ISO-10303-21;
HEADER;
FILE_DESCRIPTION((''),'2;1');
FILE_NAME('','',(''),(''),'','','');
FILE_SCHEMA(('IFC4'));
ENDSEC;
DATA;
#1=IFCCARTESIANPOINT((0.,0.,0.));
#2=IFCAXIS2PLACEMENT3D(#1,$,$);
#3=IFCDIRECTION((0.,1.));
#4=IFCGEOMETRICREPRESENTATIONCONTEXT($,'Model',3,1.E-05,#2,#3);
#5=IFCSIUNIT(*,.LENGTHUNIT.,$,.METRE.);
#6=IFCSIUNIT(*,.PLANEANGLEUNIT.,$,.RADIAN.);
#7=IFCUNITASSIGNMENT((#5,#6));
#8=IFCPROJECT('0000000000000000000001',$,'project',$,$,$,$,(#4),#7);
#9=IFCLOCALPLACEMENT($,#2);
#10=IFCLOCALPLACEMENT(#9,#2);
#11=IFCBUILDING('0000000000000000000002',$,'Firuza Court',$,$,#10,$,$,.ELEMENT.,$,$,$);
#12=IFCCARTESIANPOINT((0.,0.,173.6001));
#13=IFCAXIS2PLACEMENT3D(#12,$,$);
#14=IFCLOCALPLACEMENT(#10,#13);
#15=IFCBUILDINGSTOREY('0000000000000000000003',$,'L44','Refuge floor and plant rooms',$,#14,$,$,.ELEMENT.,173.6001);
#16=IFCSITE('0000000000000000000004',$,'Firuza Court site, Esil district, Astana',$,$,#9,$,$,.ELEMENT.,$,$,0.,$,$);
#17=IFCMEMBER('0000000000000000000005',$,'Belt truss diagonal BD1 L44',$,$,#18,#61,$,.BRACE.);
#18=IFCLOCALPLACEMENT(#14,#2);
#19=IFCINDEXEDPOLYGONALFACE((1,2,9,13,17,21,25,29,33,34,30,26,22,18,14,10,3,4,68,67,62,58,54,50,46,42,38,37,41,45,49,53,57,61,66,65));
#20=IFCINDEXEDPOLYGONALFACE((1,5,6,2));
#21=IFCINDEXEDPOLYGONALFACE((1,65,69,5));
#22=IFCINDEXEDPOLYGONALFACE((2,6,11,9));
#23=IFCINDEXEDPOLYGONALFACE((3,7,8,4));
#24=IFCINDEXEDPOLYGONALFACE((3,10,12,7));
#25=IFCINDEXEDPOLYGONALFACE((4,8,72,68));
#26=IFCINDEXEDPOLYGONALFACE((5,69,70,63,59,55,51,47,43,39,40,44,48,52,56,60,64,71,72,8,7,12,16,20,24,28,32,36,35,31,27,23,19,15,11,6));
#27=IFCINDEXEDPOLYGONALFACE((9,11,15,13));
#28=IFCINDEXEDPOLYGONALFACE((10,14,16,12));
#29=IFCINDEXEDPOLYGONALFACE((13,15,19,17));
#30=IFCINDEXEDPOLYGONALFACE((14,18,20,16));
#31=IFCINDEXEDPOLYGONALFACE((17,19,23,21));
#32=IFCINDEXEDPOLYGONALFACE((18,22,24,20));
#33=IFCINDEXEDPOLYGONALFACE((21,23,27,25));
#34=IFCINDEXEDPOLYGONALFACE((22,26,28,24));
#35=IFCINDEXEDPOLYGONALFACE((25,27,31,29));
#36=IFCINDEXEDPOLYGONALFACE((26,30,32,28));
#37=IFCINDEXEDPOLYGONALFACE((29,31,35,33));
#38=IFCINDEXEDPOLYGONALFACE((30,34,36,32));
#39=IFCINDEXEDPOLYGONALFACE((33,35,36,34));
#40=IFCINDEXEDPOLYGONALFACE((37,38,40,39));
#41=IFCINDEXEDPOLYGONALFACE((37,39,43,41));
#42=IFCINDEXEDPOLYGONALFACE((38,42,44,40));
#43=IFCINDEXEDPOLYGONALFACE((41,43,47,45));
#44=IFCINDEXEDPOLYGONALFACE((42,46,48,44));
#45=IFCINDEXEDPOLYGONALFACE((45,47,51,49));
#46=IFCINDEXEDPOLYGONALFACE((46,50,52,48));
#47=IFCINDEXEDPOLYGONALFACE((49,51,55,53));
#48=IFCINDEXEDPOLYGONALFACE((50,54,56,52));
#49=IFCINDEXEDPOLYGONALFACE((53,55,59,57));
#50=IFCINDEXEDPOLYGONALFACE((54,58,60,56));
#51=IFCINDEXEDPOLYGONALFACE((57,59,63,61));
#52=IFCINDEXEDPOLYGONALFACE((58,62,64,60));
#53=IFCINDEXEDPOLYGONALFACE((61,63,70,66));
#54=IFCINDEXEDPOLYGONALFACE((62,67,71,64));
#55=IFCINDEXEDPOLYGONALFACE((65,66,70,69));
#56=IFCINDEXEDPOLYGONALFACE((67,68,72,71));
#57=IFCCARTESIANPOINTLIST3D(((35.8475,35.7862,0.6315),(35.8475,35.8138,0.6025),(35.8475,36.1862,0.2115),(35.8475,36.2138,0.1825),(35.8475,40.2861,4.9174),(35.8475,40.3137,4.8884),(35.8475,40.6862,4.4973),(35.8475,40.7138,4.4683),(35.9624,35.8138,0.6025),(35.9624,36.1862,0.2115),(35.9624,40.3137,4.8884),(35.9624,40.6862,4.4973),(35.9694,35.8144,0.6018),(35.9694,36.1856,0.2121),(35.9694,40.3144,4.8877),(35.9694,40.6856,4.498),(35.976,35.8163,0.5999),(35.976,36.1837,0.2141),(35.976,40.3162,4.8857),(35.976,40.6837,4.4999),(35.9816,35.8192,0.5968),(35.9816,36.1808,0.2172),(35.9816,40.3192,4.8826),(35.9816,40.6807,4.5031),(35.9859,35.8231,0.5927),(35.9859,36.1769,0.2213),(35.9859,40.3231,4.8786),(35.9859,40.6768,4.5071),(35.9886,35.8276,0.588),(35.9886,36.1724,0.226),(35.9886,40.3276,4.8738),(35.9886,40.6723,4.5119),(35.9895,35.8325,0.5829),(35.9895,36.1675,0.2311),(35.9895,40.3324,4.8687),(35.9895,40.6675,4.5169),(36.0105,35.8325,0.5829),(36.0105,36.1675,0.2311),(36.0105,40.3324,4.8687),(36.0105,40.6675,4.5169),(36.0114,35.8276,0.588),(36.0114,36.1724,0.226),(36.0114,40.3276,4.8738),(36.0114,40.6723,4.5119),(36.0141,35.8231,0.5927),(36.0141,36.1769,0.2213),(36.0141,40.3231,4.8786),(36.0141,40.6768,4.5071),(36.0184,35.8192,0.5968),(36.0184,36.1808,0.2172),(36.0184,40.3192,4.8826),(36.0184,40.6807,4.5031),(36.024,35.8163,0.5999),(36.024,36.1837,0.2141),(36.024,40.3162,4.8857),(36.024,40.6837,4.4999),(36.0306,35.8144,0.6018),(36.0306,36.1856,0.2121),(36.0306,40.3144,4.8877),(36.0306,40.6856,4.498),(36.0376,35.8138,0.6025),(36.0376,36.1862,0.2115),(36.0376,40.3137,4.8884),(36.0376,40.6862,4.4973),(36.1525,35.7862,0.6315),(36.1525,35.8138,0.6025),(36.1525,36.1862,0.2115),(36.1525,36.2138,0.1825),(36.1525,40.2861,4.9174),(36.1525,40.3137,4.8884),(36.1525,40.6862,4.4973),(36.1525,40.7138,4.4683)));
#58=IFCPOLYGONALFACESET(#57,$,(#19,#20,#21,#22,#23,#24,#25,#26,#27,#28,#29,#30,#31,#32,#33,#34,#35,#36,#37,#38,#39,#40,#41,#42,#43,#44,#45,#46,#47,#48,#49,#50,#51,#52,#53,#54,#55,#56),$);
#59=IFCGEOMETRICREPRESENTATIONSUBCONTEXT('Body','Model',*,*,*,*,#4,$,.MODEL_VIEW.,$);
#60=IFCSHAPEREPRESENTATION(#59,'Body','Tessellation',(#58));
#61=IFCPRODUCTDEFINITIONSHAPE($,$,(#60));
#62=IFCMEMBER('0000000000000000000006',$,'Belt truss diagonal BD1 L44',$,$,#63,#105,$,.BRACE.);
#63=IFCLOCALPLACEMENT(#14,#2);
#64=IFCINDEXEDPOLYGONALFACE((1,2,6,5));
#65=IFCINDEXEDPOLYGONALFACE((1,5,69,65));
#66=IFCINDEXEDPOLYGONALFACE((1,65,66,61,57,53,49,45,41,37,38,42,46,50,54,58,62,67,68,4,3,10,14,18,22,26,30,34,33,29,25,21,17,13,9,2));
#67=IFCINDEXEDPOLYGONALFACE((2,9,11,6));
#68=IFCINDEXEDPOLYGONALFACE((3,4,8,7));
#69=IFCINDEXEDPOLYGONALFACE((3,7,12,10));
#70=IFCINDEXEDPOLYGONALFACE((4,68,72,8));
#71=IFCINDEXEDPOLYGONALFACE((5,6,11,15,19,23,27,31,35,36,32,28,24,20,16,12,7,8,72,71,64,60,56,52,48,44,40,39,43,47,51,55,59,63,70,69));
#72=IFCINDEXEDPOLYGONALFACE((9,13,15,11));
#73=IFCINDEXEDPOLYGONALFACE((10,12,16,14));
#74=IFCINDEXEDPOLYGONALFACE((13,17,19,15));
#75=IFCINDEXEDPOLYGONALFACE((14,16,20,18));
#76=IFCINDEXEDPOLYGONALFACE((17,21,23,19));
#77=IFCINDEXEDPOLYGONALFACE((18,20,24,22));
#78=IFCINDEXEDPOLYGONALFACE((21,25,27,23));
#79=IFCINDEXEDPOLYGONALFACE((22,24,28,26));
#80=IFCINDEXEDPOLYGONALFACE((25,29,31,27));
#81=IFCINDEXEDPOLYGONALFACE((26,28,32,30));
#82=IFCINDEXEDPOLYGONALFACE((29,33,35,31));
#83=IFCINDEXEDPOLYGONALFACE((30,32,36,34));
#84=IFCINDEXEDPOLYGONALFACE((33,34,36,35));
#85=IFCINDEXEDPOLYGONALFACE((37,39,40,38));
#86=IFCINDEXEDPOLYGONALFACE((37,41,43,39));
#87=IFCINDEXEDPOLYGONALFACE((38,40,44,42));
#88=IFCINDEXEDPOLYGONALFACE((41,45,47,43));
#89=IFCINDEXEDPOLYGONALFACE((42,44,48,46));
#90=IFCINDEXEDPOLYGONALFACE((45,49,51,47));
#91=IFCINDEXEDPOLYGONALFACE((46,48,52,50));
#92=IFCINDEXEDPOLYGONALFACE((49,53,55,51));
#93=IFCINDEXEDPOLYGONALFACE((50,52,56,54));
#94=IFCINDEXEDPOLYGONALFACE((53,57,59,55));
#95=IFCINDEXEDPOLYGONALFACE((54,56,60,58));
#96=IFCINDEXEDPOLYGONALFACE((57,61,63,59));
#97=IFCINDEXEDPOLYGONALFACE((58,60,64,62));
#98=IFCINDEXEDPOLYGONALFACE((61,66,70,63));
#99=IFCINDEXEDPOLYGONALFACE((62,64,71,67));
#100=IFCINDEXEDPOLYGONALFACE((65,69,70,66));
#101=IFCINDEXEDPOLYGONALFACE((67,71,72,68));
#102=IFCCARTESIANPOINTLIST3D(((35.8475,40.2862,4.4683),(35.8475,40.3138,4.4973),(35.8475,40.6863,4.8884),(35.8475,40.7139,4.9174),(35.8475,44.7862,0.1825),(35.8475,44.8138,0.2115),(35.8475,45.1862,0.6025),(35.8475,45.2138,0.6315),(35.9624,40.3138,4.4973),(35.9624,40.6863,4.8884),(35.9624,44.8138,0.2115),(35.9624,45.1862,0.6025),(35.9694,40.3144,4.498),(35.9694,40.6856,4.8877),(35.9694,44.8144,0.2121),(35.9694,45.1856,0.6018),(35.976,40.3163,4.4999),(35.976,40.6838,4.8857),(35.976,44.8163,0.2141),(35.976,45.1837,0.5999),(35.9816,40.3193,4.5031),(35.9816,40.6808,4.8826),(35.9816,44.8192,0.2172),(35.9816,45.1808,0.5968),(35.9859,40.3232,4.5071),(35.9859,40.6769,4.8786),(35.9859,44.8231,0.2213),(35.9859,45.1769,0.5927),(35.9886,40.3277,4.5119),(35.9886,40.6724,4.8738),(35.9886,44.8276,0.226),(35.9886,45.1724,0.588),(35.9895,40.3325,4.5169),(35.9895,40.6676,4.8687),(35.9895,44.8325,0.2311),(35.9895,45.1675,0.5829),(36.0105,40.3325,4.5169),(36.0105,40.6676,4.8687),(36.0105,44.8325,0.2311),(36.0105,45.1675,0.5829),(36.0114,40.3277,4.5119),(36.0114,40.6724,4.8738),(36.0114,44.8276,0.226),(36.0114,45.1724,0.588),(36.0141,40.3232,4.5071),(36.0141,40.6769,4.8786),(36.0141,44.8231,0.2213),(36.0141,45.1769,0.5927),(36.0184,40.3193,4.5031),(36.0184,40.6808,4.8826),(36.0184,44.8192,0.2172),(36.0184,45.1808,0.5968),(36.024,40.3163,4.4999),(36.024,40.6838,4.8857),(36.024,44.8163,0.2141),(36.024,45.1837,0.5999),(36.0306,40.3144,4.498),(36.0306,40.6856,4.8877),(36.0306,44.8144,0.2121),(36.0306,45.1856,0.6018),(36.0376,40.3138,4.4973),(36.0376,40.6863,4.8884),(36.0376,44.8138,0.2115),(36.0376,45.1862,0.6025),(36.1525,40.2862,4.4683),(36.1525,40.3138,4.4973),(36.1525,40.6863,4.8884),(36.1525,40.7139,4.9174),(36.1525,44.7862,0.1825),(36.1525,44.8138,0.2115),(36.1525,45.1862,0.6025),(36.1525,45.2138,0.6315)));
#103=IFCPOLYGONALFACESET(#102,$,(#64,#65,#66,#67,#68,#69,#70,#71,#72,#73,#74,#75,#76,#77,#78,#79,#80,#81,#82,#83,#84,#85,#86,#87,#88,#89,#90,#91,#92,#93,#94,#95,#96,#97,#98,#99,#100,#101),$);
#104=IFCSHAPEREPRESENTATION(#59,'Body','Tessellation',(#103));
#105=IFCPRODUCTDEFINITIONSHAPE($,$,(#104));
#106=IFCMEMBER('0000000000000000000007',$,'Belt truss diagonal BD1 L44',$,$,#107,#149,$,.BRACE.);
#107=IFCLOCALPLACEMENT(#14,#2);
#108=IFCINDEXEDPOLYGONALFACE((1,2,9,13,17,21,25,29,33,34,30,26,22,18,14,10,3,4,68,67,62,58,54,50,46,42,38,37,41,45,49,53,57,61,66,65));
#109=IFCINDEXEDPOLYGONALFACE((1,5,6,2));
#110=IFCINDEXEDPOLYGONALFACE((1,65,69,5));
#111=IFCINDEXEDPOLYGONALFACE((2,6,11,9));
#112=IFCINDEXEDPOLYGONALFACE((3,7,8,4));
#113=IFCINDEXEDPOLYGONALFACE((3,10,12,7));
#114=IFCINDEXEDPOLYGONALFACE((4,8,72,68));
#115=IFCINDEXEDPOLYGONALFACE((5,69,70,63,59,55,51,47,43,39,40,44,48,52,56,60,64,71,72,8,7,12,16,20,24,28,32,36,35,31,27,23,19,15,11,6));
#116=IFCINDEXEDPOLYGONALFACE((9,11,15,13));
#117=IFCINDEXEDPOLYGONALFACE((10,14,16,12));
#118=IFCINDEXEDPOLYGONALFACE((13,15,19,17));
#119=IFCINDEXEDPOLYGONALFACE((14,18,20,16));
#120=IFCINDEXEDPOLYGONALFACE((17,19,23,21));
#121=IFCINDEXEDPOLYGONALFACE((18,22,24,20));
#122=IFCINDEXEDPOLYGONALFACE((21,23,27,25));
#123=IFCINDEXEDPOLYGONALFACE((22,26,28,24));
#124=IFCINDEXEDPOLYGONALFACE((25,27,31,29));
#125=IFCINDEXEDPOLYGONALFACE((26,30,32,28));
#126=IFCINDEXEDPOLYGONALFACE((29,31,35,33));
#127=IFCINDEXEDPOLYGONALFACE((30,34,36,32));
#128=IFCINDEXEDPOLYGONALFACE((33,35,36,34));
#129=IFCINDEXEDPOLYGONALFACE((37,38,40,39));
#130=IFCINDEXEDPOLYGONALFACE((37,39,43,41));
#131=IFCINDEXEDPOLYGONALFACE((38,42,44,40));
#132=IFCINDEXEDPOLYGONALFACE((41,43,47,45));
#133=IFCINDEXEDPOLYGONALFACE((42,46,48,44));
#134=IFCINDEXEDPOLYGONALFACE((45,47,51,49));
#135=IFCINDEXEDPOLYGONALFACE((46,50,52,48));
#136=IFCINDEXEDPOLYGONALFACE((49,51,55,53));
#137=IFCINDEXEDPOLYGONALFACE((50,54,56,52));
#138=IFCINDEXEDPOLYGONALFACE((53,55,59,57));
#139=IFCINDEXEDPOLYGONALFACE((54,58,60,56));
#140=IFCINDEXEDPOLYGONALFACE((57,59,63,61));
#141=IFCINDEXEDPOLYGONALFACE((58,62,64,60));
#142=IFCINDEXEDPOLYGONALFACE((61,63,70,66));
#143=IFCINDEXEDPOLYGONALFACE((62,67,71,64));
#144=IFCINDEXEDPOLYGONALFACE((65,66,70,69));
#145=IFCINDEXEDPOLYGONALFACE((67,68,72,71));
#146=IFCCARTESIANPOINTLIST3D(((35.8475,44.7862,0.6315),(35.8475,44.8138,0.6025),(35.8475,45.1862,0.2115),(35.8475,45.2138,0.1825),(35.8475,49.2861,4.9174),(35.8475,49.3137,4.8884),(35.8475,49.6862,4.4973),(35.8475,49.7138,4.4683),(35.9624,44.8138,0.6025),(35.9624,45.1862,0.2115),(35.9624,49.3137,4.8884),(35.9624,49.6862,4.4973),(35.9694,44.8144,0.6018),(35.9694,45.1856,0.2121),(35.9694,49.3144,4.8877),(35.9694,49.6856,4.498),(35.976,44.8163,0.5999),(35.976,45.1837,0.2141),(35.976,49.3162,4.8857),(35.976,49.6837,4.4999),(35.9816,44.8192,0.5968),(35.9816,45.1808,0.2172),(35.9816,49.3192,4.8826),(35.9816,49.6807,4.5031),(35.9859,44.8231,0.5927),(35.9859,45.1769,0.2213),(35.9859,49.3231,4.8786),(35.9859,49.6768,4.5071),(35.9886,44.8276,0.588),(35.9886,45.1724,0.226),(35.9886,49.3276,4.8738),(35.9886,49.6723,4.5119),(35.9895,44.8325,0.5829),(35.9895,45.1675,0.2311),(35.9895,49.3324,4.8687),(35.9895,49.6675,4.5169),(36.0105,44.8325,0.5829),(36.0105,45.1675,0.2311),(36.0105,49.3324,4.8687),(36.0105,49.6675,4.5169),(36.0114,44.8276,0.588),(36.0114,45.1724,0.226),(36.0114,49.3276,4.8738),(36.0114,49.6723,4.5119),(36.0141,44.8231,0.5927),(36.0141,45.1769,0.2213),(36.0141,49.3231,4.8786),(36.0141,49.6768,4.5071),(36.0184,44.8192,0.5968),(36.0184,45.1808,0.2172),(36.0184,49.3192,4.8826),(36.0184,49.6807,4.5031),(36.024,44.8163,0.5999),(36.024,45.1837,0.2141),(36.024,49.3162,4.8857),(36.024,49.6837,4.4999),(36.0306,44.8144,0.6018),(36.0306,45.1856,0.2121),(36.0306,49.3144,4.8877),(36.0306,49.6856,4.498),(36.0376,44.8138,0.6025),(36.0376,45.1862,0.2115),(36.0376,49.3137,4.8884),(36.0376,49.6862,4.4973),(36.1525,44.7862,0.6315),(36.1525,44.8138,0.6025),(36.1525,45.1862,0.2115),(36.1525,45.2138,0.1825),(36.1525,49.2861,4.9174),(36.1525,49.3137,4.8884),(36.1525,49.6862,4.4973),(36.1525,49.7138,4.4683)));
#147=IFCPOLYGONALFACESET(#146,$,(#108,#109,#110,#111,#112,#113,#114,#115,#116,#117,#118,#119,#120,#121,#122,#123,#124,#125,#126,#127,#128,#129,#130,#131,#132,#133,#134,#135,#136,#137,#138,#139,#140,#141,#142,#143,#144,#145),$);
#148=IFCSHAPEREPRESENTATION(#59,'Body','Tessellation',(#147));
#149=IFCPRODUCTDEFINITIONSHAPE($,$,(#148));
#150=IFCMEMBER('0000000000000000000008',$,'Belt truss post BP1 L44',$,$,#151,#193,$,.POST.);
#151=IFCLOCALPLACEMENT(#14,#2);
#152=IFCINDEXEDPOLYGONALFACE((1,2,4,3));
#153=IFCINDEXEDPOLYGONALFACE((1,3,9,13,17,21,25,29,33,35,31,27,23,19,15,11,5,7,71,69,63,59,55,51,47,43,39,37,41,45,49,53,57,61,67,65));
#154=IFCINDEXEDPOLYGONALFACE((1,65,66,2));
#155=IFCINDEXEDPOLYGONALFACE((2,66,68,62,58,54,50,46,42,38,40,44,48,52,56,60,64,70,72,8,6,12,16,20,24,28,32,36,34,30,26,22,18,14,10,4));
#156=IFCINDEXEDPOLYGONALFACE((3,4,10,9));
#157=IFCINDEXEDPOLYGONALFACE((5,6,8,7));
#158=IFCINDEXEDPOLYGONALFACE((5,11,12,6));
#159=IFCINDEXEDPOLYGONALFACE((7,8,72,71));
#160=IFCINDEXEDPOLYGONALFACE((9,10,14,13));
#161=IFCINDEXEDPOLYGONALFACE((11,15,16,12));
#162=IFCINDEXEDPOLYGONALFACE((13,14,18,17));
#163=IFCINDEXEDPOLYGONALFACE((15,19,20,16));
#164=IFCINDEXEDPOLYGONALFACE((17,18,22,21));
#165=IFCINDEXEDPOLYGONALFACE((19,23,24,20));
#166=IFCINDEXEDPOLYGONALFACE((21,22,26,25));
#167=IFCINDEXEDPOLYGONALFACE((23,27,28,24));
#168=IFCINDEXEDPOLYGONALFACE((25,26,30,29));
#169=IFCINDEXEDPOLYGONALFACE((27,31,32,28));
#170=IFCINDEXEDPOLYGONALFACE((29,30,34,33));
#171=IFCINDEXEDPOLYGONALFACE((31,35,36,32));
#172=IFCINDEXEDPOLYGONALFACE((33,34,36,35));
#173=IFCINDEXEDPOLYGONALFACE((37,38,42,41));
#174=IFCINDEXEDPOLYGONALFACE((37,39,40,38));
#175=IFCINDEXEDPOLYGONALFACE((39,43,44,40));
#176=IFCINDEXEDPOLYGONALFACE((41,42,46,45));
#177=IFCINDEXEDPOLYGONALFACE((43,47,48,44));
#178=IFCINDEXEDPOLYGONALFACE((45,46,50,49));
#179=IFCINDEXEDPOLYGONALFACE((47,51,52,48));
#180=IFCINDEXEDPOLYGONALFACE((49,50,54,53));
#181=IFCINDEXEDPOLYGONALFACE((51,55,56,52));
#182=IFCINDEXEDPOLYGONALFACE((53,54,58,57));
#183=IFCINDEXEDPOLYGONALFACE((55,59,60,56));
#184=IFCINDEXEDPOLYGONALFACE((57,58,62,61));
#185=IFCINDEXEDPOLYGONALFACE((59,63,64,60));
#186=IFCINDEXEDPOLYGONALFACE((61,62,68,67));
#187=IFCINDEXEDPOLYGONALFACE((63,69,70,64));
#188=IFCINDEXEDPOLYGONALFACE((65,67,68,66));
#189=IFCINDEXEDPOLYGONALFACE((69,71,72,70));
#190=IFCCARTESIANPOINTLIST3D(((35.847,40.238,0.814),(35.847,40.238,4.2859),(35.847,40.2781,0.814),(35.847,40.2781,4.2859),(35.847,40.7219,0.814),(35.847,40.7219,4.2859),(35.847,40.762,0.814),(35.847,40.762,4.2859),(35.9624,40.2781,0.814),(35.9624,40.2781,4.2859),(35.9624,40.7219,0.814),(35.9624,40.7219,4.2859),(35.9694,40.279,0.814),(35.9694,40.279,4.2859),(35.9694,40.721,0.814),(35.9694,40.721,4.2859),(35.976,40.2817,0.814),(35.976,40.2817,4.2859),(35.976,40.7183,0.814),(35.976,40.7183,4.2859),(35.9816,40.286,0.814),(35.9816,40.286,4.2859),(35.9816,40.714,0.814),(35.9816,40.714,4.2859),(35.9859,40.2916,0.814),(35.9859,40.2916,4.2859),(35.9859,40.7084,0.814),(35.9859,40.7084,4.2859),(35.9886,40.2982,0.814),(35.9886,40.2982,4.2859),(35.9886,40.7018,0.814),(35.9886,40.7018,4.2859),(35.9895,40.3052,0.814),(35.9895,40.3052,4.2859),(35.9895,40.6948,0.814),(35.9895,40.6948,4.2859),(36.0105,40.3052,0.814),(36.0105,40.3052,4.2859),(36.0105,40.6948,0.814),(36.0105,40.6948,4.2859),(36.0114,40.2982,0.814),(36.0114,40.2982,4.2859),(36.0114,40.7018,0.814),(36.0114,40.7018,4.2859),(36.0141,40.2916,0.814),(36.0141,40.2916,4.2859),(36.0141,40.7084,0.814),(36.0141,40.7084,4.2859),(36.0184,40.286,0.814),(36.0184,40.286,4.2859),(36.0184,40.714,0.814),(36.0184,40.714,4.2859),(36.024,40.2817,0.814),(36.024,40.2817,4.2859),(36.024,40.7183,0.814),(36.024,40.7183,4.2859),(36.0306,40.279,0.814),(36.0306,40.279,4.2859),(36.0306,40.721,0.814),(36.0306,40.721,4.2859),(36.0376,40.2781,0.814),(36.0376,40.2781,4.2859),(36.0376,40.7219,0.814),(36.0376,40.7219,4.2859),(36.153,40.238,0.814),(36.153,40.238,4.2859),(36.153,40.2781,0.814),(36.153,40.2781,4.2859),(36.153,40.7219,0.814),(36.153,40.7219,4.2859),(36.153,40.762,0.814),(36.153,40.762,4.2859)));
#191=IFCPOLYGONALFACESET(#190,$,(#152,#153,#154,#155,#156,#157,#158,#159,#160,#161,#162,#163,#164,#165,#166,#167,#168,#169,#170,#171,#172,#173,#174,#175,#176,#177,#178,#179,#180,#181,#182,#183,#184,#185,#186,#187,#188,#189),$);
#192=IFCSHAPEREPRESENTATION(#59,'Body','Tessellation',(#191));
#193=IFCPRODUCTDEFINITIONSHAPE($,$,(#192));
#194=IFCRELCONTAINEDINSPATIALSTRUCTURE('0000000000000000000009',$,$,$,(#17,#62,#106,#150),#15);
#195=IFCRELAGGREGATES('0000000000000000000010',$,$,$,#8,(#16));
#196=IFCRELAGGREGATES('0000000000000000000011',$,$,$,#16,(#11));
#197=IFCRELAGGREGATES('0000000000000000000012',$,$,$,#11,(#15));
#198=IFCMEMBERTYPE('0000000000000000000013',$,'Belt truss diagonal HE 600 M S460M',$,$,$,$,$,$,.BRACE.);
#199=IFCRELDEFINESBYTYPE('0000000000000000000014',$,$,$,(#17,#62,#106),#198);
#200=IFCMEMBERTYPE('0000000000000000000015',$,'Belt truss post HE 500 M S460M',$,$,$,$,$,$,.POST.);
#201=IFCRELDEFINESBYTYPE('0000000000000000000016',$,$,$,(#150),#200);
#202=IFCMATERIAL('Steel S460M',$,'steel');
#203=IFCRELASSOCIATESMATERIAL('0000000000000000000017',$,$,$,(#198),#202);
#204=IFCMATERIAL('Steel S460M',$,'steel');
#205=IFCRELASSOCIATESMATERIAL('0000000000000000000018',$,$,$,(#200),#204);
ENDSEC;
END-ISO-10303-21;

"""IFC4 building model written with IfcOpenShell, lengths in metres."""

from ifc_helpers import new_model, si_unit, direction, frame, origin, origin_2d, place, context, subcontext, project, spatial, i_section, extrude, material, material_profile, profile_set, type_object, element, save


model = new_model("IFC4")

# Units and contexts
model_context = context("Model", 3, precision=1e-05, world=origin(), true_north=direction((0.0, 1.0)))
body_context = subcontext(model_context, "Body", "Model", "MODEL_VIEW")
ifc_project = project(units=[si_unit("LENGTHUNIT", "METRE"), si_unit("PLANEANGLEUNIT", "RADIAN")], contexts=[model_context])

# Site, building, storey
site_placement = place(None, origin())
site = spatial("IfcSite", under=ifc_project, at=site_placement, Name="Firuza Court site, Esil district, Astana", CompositionType="ELEMENT", RefElevation=0.0)
building_placement = place(site_placement, origin())
building = spatial("IfcBuilding", under=site, at=building_placement, Name="Firuza Court", CompositionType="ELEMENT")
storey_placement = place(building_placement, frame((0.0, 0.0, 173.6001)))
storey = spatial("IfcBuildingStorey", under=building, at=storey_placement, Name="L44", Description="Refuge floor and plant rooms", CompositionType="ELEMENT", Elevation=173.6001)

# Members
ifc_material_1 = material(Name="Steel S460M", Category="steel")
ifc_material_profile_1 = material_profile(ifc_material_1, i_section(OverallWidth=0.3049, OverallDepth=0.6201, WebThickness=0.021, FlangeThickness=0.04, FilletRadius=0.0271, at=origin_2d()), Name="HE 600 M")
ifc_profile_set_1 = profile_set([ifc_material_profile_1], Name="Steel S460M")
member_type_1 = type_object("IfcMemberType", Name="Belt truss diagonal HE 600 M S460M", PredefinedType="BRACE", material=ifc_profile_set_1)
for number, where, z_axis, x_axis, name in (
    (1, (36.0, 36.0, 0.407), (0.0, 0.724124, 0.68967), (-1.0, 0.0, 0.0), "Belt truss diagonal BD1 L44"),
    (2, (36.0, 45.0, 0.407), (0.0, -0.724124, 0.68967), (1.0, 0.0, 0.0), "Belt truss diagonal BD1 L44"),
    (3, (36.0, 45.0, 0.407), (0.0, 0.724124, 0.68967), (-1.0, 0.0, 0.0), "Belt truss diagonal BD1 L44"),
):
    element("IfcMember", number, at=place(storey_placement, frame(where, z_axis=z_axis, x_axis=x_axis)), inside=storey, type_object=member_type_1, Name=name, PredefinedType="BRACE", context=body_context, shape_type="SweptSolid", body=[
        extrude(i_section(OverallWidth=0.3049, OverallDepth=0.6201, WebThickness=0.021, FlangeThickness=0.04, FilletRadius=0.0271, at=origin_2d()), origin(), (0.0, 0.0, 1.0), 6.2144),
    ])
ifc_material_2 = material(Name="Steel S460M", Category="steel")
ifc_material_profile_2 = material_profile(ifc_material_2, i_section(OverallWidth=0.3059, OverallDepth=0.5239, WebThickness=0.021, FlangeThickness=0.04, FilletRadius=0.0271, at=origin_2d()), Name="HE 500 M")
ifc_profile_set_2 = profile_set([ifc_material_profile_2], Name="Steel S460M")
member_type_2 = type_object("IfcMemberType", Name="Belt truss post HE 500 M S460M", PredefinedType="POST", material=ifc_profile_set_2)
for number, where, z_axis, x_axis, name in (
    (4, (36.0, 40.5, 0.814), (0.0, 0.0, 1.0), (1.0, 0.0, 0.0), "Belt truss post BP1 L44"),
):
    element("IfcMember", number, at=place(storey_placement, frame(where, z_axis=z_axis, x_axis=x_axis)), inside=storey, type_object=member_type_2, Name=name, PredefinedType="POST", context=body_context, shape_type="SweptSolid", body=[
        extrude(i_section(OverallWidth=0.3059, OverallDepth=0.5239, WebThickness=0.021, FlangeThickness=0.04, FilletRadius=0.0271, at=origin_2d()), origin(), (0.0, 0.0, 1.0), 3.4719),
    ])

save(model, "model.ifc")
